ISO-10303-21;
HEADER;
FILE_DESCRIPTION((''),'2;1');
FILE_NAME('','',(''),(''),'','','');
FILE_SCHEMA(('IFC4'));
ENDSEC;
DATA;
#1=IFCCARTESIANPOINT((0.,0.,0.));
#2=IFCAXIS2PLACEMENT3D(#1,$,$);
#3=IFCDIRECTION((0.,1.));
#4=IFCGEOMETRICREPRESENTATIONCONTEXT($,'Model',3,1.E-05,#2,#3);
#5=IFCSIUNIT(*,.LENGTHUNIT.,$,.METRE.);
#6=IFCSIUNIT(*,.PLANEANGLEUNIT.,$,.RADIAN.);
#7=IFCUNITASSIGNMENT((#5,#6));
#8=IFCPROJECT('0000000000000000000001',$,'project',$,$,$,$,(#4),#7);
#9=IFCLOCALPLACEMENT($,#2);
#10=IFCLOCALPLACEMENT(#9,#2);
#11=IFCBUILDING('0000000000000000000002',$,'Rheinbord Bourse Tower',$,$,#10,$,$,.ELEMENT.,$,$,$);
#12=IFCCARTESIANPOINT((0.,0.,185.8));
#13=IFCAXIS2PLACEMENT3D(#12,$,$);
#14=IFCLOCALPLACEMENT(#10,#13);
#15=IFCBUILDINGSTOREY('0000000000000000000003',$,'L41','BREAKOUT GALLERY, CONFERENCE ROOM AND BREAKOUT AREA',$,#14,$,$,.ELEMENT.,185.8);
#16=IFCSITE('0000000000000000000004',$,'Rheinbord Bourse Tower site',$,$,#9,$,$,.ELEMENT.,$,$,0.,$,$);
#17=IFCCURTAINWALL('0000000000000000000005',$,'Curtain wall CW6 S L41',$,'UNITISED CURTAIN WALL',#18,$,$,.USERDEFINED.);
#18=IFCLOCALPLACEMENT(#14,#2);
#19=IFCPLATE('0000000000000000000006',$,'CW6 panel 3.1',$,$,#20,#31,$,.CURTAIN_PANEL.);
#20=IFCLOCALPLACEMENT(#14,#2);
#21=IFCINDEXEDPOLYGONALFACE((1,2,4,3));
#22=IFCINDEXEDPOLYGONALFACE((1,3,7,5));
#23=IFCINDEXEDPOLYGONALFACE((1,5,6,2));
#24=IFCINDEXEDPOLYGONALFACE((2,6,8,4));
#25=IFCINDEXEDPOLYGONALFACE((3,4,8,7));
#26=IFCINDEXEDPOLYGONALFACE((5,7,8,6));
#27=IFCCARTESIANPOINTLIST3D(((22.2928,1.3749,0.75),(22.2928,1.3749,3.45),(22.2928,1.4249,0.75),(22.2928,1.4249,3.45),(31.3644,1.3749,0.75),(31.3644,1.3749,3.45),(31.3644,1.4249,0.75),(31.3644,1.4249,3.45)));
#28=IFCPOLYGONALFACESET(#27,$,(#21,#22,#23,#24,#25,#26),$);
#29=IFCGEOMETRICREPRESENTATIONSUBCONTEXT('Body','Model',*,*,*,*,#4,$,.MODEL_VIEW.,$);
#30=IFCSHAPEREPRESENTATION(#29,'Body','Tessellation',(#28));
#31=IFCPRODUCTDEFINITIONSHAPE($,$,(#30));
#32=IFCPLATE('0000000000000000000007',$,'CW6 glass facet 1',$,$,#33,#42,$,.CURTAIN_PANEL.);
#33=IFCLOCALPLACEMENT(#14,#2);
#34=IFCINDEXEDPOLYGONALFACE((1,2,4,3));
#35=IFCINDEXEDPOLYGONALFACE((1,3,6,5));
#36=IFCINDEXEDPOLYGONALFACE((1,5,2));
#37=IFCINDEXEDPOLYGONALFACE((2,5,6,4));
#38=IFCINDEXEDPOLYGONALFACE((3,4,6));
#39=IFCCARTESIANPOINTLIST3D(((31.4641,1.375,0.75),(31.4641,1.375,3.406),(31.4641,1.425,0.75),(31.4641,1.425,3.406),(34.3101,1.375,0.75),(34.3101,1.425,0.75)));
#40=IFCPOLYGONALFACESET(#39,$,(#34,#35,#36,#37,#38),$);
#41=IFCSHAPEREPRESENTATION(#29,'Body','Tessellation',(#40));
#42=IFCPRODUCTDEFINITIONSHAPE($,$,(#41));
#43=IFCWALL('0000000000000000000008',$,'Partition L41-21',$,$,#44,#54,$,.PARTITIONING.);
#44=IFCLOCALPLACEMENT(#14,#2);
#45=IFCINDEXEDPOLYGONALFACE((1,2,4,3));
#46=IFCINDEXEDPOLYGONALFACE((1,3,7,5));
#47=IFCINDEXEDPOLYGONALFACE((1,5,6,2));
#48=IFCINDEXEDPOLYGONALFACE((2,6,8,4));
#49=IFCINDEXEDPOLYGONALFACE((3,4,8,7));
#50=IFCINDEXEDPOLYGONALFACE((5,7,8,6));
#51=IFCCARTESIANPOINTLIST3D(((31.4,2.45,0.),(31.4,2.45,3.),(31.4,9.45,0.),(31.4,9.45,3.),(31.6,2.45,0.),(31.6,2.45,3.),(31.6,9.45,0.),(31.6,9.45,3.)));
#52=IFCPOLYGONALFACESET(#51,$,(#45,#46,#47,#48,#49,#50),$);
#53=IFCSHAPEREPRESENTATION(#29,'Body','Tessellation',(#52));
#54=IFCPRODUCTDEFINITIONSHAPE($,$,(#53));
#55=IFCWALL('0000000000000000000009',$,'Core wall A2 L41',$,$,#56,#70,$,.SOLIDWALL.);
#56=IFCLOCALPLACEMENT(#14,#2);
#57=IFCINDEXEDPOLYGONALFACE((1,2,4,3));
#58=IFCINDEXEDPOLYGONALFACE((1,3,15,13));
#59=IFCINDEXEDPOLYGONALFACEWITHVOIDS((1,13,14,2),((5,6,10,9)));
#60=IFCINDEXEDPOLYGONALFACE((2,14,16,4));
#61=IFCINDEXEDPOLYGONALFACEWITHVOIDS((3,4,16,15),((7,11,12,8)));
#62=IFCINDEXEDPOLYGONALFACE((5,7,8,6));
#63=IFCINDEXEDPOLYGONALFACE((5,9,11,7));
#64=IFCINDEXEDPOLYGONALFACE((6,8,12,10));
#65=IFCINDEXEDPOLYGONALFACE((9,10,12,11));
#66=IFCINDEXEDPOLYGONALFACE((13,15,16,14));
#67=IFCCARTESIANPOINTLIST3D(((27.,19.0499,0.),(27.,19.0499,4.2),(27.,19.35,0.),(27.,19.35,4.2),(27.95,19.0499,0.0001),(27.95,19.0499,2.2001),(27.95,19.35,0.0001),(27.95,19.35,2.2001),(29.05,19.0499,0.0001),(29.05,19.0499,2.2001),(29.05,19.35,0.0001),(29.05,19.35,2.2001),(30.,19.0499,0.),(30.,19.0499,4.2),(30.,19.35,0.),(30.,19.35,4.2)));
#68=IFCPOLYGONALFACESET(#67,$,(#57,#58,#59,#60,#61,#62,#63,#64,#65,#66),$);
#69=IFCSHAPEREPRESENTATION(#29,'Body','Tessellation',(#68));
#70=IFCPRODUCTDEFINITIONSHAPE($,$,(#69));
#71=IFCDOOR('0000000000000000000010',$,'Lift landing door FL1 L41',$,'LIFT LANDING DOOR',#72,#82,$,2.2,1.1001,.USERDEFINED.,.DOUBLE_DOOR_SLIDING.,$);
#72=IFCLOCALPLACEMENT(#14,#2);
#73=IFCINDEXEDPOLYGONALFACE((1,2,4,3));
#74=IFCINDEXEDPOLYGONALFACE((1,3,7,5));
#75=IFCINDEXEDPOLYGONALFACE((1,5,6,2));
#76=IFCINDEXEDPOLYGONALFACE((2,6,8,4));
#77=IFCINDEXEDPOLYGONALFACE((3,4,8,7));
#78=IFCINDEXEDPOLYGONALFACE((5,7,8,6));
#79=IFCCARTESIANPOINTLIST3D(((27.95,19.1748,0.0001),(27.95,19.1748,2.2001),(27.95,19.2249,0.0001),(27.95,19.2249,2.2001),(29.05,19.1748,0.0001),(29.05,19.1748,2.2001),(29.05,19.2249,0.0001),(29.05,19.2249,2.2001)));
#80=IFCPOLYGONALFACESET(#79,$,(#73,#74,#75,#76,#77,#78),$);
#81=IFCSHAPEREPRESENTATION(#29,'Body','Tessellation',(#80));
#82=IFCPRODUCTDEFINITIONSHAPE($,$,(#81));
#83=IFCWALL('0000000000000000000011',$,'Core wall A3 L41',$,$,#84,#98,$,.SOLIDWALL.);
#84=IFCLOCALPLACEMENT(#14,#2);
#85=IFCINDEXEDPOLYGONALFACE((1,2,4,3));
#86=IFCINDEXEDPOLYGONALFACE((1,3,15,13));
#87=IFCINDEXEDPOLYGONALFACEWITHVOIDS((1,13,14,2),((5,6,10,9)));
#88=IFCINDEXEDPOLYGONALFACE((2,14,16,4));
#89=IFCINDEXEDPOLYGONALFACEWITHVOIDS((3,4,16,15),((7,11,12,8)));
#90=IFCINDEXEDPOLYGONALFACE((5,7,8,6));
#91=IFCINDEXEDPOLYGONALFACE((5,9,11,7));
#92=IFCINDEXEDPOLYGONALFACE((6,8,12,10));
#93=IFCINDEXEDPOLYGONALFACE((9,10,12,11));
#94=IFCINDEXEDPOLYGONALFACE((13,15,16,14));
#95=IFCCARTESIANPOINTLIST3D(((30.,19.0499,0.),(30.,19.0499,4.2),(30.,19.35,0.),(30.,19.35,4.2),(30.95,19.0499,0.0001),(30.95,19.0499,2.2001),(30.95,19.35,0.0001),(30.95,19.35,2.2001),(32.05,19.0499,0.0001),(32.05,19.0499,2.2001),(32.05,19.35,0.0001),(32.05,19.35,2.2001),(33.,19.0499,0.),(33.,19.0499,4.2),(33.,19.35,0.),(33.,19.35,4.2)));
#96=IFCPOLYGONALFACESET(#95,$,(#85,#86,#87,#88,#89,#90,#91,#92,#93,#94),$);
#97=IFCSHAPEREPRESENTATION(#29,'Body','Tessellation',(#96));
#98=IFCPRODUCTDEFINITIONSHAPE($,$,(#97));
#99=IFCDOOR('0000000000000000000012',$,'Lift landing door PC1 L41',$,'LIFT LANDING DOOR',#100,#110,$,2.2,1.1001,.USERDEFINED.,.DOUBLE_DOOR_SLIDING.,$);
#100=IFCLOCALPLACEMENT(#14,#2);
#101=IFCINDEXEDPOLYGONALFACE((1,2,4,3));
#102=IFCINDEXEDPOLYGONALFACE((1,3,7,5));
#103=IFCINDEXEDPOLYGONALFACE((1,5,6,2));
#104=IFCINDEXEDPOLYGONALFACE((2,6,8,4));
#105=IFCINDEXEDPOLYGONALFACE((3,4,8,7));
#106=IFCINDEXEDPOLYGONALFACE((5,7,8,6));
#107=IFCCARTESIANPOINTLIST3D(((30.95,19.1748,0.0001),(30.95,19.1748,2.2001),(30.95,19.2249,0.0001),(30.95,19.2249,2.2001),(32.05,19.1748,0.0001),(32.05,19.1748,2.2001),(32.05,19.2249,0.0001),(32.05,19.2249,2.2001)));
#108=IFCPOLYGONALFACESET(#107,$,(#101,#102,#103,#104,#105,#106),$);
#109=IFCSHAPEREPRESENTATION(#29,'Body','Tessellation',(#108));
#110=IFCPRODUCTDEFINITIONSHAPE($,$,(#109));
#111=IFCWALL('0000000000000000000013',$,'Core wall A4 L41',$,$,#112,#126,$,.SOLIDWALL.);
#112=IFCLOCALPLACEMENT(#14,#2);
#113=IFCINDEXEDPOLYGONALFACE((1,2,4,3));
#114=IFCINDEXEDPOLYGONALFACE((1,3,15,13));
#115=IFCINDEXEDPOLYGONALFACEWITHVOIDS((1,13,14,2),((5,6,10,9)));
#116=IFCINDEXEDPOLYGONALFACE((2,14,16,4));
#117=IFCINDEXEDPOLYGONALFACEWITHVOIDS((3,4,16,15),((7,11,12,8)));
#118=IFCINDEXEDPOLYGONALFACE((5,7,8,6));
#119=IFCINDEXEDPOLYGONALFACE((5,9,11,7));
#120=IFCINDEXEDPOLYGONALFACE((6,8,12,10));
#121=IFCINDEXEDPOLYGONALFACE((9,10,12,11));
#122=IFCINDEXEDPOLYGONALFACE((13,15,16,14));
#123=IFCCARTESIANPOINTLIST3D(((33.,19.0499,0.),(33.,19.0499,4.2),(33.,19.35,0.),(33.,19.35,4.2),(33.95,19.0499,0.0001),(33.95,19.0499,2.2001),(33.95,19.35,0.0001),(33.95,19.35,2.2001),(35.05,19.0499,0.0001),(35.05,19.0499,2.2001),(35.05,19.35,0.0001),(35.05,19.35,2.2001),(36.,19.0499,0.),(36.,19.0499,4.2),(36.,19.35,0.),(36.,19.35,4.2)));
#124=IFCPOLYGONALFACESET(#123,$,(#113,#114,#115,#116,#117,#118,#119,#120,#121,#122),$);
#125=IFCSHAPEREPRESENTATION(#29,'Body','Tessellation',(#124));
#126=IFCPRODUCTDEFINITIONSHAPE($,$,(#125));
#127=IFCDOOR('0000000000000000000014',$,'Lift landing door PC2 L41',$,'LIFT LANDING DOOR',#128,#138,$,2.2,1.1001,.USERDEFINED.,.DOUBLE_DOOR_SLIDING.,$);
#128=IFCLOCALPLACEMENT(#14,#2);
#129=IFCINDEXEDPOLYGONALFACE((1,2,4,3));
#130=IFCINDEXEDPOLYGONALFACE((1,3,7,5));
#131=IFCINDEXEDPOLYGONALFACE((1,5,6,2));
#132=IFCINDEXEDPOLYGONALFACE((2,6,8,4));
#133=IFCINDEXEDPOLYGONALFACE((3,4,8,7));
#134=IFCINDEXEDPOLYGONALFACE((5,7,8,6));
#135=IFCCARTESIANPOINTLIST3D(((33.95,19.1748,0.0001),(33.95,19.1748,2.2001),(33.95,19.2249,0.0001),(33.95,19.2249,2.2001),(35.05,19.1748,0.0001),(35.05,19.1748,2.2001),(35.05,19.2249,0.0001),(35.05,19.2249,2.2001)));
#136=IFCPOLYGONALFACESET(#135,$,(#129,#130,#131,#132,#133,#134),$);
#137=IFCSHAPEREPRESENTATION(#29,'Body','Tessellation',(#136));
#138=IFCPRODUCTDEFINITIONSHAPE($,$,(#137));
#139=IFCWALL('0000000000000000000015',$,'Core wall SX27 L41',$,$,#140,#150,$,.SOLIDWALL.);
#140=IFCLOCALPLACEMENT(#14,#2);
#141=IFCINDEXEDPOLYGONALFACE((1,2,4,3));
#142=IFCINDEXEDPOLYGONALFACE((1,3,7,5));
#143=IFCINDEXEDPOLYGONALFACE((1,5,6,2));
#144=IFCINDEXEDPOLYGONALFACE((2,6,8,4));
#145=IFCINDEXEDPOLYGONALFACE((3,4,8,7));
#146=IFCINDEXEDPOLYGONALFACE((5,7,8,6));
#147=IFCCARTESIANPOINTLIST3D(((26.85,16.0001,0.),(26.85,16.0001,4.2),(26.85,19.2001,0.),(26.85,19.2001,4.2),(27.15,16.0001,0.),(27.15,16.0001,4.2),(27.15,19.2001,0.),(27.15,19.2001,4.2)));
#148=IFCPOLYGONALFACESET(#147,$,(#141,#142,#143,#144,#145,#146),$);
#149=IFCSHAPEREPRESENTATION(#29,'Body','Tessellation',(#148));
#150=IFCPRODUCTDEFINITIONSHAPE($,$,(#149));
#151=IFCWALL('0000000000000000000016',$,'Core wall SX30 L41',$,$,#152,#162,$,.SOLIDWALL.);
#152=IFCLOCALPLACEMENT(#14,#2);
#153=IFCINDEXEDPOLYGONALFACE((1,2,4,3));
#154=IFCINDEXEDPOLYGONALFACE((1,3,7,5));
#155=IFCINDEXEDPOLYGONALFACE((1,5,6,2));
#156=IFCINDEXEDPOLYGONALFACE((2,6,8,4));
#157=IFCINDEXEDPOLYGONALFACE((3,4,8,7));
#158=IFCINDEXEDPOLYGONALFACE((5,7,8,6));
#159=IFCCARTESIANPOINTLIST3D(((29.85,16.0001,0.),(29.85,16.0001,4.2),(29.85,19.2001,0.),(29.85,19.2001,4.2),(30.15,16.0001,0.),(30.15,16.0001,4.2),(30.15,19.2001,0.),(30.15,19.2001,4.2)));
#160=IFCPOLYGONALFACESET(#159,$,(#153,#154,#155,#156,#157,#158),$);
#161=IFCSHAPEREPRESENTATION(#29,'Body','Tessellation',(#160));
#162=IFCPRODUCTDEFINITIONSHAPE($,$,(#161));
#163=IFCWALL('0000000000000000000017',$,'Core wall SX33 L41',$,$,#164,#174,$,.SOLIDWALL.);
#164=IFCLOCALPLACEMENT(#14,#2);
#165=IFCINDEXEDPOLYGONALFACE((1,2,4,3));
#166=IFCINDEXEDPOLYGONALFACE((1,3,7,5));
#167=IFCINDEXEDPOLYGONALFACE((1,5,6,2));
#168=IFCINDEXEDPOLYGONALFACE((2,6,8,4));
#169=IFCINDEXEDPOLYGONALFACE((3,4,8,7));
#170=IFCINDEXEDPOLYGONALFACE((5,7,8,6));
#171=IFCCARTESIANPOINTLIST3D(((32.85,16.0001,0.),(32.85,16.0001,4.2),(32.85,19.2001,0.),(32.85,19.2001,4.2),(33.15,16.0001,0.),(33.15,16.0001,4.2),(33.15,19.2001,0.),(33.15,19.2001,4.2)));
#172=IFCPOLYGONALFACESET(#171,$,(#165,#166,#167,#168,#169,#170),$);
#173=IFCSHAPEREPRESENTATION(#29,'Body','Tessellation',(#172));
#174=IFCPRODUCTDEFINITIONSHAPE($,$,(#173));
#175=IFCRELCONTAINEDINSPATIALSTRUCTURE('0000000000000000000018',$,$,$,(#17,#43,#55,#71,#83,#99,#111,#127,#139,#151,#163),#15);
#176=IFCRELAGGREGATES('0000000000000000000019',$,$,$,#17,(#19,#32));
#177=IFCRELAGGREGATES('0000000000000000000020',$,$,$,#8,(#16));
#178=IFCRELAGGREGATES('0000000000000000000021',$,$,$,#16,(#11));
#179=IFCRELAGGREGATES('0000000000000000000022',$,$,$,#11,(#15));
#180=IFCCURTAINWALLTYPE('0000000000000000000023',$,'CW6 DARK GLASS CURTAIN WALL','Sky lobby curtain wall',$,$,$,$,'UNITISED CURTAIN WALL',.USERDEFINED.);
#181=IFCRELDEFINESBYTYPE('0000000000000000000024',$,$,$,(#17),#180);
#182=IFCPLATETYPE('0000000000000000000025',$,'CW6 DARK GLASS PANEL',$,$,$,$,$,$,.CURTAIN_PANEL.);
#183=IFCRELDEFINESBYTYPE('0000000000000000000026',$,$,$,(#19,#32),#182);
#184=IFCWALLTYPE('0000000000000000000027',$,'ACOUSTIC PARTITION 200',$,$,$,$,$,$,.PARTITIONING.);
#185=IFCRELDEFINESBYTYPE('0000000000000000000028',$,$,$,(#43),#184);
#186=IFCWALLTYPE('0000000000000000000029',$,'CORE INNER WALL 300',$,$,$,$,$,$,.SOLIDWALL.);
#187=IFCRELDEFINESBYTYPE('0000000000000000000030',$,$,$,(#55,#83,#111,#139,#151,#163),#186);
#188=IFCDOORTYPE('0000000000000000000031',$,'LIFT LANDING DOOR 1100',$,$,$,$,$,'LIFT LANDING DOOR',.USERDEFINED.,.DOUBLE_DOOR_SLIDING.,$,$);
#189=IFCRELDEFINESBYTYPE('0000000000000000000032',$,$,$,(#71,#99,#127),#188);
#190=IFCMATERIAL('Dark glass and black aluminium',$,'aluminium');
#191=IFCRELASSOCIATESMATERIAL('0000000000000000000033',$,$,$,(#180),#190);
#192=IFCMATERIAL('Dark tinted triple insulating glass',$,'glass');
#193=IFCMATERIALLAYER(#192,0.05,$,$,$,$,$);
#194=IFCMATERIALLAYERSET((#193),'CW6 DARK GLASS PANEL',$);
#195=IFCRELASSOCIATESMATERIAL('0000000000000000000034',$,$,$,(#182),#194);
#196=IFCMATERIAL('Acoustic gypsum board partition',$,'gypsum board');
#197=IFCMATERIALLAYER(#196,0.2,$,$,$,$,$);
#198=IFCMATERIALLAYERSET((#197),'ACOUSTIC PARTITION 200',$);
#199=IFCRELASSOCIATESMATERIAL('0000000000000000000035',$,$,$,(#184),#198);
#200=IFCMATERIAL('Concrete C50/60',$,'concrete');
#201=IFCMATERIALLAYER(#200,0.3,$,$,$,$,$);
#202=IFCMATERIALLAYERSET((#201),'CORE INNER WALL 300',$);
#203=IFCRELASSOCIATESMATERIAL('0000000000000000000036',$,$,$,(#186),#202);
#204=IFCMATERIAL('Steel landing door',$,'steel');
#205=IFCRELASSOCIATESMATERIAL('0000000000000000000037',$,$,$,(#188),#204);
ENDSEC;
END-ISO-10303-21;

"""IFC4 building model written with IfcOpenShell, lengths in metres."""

from ifc_helpers import new_model, si_unit, direction, frame, frame_2d, origin, origin_2d, place, context, subcontext, project, spatial, polyline, rectangle, outline, extrude, material, layer, layer_set, type_object, element, fill, aggregate, save


model = new_model("IFC4")

# Units and contexts
model_context = context("Model", 3, precision=1e-05, world=origin(), true_north=direction((0.0, 1.0)))
body_context = subcontext(model_context, "Body", "Model", "MODEL_VIEW")
ifc_project = project(units=[si_unit("LENGTHUNIT", "METRE"), si_unit("PLANEANGLEUNIT", "RADIAN")], contexts=[model_context])

# Site, building, storey
site_placement = place(None, origin())
site = spatial("IfcSite", under=ifc_project, at=site_placement, Name="Rheinbord Bourse Tower site", CompositionType="ELEMENT", RefElevation=0.0)
building_placement = place(site_placement, origin())
building = spatial("IfcBuilding", under=site, at=building_placement, Name="Rheinbord Bourse Tower", CompositionType="ELEMENT")
storey_placement = place(building_placement, frame((0.0, 0.0, 185.8)))
storey = spatial("IfcBuildingStorey", under=building, at=storey_placement, Name="L41", Description="BREAKOUT GALLERY, CONFERENCE ROOM AND BREAKOUT AREA", CompositionType="ELEMENT", Elevation=185.8)

# Curtain wall
ifc_material_1 = material(Name="Dark glass and black aluminium", Category="aluminium")
curtain_wall_type = type_object("IfcCurtainWallType", Name="CW6 DARK GLASS CURTAIN WALL", Description="Sky lobby curtain wall", ElementType="UNITISED CURTAIN WALL", PredefinedType="USERDEFINED", material=ifc_material_1)
curtain_wall_placement = place(storey_placement, origin())
curtain_wall = element("IfcCurtainWall", 1, at=curtain_wall_placement, inside=storey, type_object=curtain_wall_type, Name="Curtain wall CW6 S L41", ObjectType="UNITISED CURTAIN WALL", PredefinedType="USERDEFINED")

# Plates
ifc_material_2 = material(Name="Dark tinted triple insulating glass", Category="glass")
ifc_layer_1 = layer(ifc_material_2, 0.05)
ifc_layer_set_1 = layer_set([ifc_layer_1], Name="CW6 DARK GLASS PANEL")
plate_type = type_object("IfcPlateType", Name="CW6 DARK GLASS PANEL", PredefinedType="CURTAIN_PANEL", material=ifc_layer_set_1)
plate_1_placement = place(storey_placement, frame((26.8286, 1.3999, 0.75), z_axis=(0.0, 0.0, 1.0), x_axis=(1.0, 0.0, 0.0)))
plate_1 = element("IfcPlate", 2, at=plate_1_placement, type_object=plate_type, Name="CW6 panel 3.1", PredefinedType="CURTAIN_PANEL", context=body_context, shape_type="SweptSolid", body=[
    extrude(rectangle(XDim=9.0715, YDim=0.05, at=origin_2d()), origin(), (0.0, 0.0, 1.0), 2.7),
])
plate_2_placement = place(storey_placement, frame((31.4641, 1.375, 0.75), z_axis=(0.0, 1.0, 0.0), x_axis=(0.0, 0.0, 1.0)))
plate_2 = element("IfcPlate", 3, at=plate_2_placement, type_object=plate_type, Name="CW6 glass facet 1", PredefinedType="CURTAIN_PANEL", context=body_context, shape_type="SweptSolid", body=[
    extrude(outline(polyline([(0.0, 0.0), (2.656, 0.0), (0.0, 2.8459), (0.0, 0.0)])), origin(), (0.0, 0.0, 1.0), 0.05),
])
aggregate(curtain_wall, [plate_1, plate_2])

# Wall
ifc_material_3 = material(Name="Acoustic gypsum board partition", Category="gypsum board")
ifc_layer_2 = layer(ifc_material_3, 0.2)
ifc_layer_set_2 = layer_set([ifc_layer_2], Name="ACOUSTIC PARTITION 200")
wall_type_1 = type_object("IfcWallType", Name="ACOUSTIC PARTITION 200", PredefinedType="PARTITIONING", material=ifc_layer_set_2)
wall_1_placement = place(storey_placement, frame((31.5, 2.45, 0.0), z_axis=(0.0, 0.0, 1.0), x_axis=(0.0, 1.0, 0.0)))
element("IfcWall", 4, at=wall_1_placement, inside=storey, type_object=wall_type_1, Name="Partition L41-21", PredefinedType="PARTITIONING", context=body_context, shape_type="SweptSolid", body=[
    extrude(rectangle(XDim=7.0, YDim=0.2, at=frame_2d((3.5, 0.0))), origin(), (0.0, 0.0, 1.0), 3.0),
])

# Walls, openings, doors
ifc_material_4 = material(Name="Concrete C50/60", Category="concrete")
ifc_layer_3 = layer(ifc_material_4, 0.3)
ifc_layer_set_3 = layer_set([ifc_layer_3], Name="CORE INNER WALL 300")
wall_type_2 = type_object("IfcWallType", Name="CORE INNER WALL 300", PredefinedType="SOLIDWALL", material=ifc_layer_set_3)
wall_2_placement = place(storey_placement, frame((27.0, 19.2, 0.0), z_axis=(0.0, 0.0, 1.0), x_axis=(1.0, 0.0, 0.0)))
wall_2 = element("IfcWall", 5, at=wall_2_placement, inside=storey, type_object=wall_type_2, Name="Core wall A2 L41", PredefinedType="SOLIDWALL", context=body_context, shape_type="SweptSolid", body=[
    extrude(rectangle(XDim=3.0, YDim=0.3, at=frame_2d((1.5, 0.0))), origin(), (0.0, 0.0, 1.0), 4.2),
])
opening_1_placement = place(wall_2_placement, frame((0.95, 0.0, 0.0)))
opening_1 = element("IfcOpeningElement", 6, at=opening_1_placement, cuts=wall_2, PredefinedType="OPENING", context=body_context, shape_type="SweptSolid", body=[
    extrude(rectangle(XDim=1.1001, YDim=2.2, at=frame_2d((0.55, 1.1001))), frame((0.0, 0.1599, 0.0), z_axis=(0.0, -1.0, 0.0), x_axis=(1.0, 0.0, 0.0)), (0.0, 0.0, 1.0), 0.3201),
])
ifc_material_5 = material(Name="Steel landing door", Category="steel")
door_type_1 = type_object("IfcDoorType", Name="LIFT LANDING DOOR 1100", ElementType="LIFT LANDING DOOR", OperationType="DOUBLE_DOOR_SLIDING", PredefinedType="USERDEFINED", material=ifc_material_5)
door_1_placement = place(opening_1_placement, origin())
door_1 = element("IfcDoor", 7, at=door_1_placement, inside=storey, type_object=door_type_1, Name="Lift landing door FL1 L41", ObjectType="LIFT LANDING DOOR", OperationType="DOUBLE_DOOR_SLIDING", OverallHeight=2.2, OverallWidth=1.1001, PredefinedType="USERDEFINED", context=body_context, shape_type="SweptSolid", body=[
    extrude(rectangle(XDim=1.1001, YDim=2.2, at=frame_2d((0.55, 1.1001))), frame((0.0, 0.0249, 0.0), z_axis=(0.0, -1.0, 0.0), x_axis=(1.0, 0.0, 0.0)), (0.0, 0.0, 1.0), 0.05),
])
fill(opening_1, door_1)
wall_3_placement = place(storey_placement, frame((30.0, 19.2, 0.0), z_axis=(0.0, 0.0, 1.0), x_axis=(1.0, 0.0, 0.0)))
wall_3 = element("IfcWall", 8, at=wall_3_placement, inside=storey, type_object=wall_type_2, Name="Core wall A3 L41", PredefinedType="SOLIDWALL", context=body_context, shape_type="SweptSolid", body=[
    extrude(rectangle(XDim=3.0, YDim=0.3, at=frame_2d((1.5, 0.0))), origin(), (0.0, 0.0, 1.0), 4.2),
])
opening_2_placement = place(wall_3_placement, frame((0.95, 0.0, 0.0)))
opening_2 = element("IfcOpeningElement", 9, at=opening_2_placement, cuts=wall_3, PredefinedType="OPENING", context=body_context, shape_type="SweptSolid", body=[
    extrude(rectangle(XDim=1.1001, YDim=2.2, at=frame_2d((0.55, 1.1001))), frame((0.0, 0.1599, 0.0), z_axis=(0.0, -1.0, 0.0), x_axis=(1.0, 0.0, 0.0)), (0.0, 0.0, 1.0), 0.3201),
])
door_2_placement = place(opening_2_placement, origin())
door_2 = element("IfcDoor", 10, at=door_2_placement, inside=storey, type_object=door_type_1, Name="Lift landing door PC1 L41", ObjectType="LIFT LANDING DOOR", OperationType="DOUBLE_DOOR_SLIDING", OverallHeight=2.2, OverallWidth=1.1001, PredefinedType="USERDEFINED", context=body_context, shape_type="SweptSolid", body=[
    extrude(rectangle(XDim=1.1001, YDim=2.2, at=frame_2d((0.55, 1.1001))), frame((0.0, 0.0249, 0.0), z_axis=(0.0, -1.0, 0.0), x_axis=(1.0, 0.0, 0.0)), (0.0, 0.0, 1.0), 0.05),
])
fill(opening_2, door_2)
wall_4_placement = place(storey_placement, frame((33.0, 19.2, 0.0), z_axis=(0.0, 0.0, 1.0), x_axis=(1.0, 0.0, 0.0)))
wall_4 = element("IfcWall", 11, at=wall_4_placement, inside=storey, type_object=wall_type_2, Name="Core wall A4 L41", PredefinedType="SOLIDWALL", context=body_context, shape_type="SweptSolid", body=[
    extrude(rectangle(XDim=3.0, YDim=0.3, at=frame_2d((1.5, 0.0))), origin(), (0.0, 0.0, 1.0), 4.2),
])
opening_3_placement = place(wall_4_placement, frame((0.95, 0.0, 0.0)))
opening_3 = element("IfcOpeningElement", 12, at=opening_3_placement, cuts=wall_4, PredefinedType="OPENING", context=body_context, shape_type="SweptSolid", body=[
    extrude(rectangle(XDim=1.1001, YDim=2.2, at=frame_2d((0.55, 1.1001))), frame((0.0, 0.1599, 0.0), z_axis=(0.0, -1.0, 0.0), x_axis=(1.0, 0.0, 0.0)), (0.0, 0.0, 1.0), 0.3201),
])
door_3_placement = place(opening_3_placement, origin())
door_3 = element("IfcDoor", 13, at=door_3_placement, inside=storey, type_object=door_type_1, Name="Lift landing door PC2 L41", ObjectType="LIFT LANDING DOOR", OperationType="DOUBLE_DOOR_SLIDING", OverallHeight=2.2, OverallWidth=1.1001, PredefinedType="USERDEFINED", context=body_context, shape_type="SweptSolid", body=[
    extrude(rectangle(XDim=1.1001, YDim=2.2, at=frame_2d((0.55, 1.1001))), frame((0.0, 0.0249, 0.0), z_axis=(0.0, -1.0, 0.0), x_axis=(1.0, 0.0, 0.0)), (0.0, 0.0, 1.0), 0.05),
])
fill(opening_3, door_3)

# Walls
for number, where, z_axis, x_axis, name in (
    (14, (27.0, 16.0, 0.0), (0.0, 0.0, 1.0), (0.0, 1.0, 0.0), "Core wall SX27 L41"),
    (15, (30.0, 16.0, 0.0), (0.0, 0.0, 1.0), (0.0, 1.0, 0.0), "Core wall SX30 L41"),
    (16, (33.0, 16.0, 0.0), (0.0, 0.0, 1.0), (0.0, 1.0, 0.0), "Core wall SX33 L41"),
):
    element("IfcWall", number, at=place(storey_placement, frame(where, z_axis=z_axis, x_axis=x_axis)), inside=storey, type_object=wall_type_2, Name=name, PredefinedType="SOLIDWALL", context=body_context, shape_type="SweptSolid", body=[
        extrude(rectangle(XDim=3.2, YDim=0.3, at=frame_2d((1.6001, 0.0))), origin(), (0.0, 0.0, 1.0), 4.2),
    ])

save(model, "model.ifc")
